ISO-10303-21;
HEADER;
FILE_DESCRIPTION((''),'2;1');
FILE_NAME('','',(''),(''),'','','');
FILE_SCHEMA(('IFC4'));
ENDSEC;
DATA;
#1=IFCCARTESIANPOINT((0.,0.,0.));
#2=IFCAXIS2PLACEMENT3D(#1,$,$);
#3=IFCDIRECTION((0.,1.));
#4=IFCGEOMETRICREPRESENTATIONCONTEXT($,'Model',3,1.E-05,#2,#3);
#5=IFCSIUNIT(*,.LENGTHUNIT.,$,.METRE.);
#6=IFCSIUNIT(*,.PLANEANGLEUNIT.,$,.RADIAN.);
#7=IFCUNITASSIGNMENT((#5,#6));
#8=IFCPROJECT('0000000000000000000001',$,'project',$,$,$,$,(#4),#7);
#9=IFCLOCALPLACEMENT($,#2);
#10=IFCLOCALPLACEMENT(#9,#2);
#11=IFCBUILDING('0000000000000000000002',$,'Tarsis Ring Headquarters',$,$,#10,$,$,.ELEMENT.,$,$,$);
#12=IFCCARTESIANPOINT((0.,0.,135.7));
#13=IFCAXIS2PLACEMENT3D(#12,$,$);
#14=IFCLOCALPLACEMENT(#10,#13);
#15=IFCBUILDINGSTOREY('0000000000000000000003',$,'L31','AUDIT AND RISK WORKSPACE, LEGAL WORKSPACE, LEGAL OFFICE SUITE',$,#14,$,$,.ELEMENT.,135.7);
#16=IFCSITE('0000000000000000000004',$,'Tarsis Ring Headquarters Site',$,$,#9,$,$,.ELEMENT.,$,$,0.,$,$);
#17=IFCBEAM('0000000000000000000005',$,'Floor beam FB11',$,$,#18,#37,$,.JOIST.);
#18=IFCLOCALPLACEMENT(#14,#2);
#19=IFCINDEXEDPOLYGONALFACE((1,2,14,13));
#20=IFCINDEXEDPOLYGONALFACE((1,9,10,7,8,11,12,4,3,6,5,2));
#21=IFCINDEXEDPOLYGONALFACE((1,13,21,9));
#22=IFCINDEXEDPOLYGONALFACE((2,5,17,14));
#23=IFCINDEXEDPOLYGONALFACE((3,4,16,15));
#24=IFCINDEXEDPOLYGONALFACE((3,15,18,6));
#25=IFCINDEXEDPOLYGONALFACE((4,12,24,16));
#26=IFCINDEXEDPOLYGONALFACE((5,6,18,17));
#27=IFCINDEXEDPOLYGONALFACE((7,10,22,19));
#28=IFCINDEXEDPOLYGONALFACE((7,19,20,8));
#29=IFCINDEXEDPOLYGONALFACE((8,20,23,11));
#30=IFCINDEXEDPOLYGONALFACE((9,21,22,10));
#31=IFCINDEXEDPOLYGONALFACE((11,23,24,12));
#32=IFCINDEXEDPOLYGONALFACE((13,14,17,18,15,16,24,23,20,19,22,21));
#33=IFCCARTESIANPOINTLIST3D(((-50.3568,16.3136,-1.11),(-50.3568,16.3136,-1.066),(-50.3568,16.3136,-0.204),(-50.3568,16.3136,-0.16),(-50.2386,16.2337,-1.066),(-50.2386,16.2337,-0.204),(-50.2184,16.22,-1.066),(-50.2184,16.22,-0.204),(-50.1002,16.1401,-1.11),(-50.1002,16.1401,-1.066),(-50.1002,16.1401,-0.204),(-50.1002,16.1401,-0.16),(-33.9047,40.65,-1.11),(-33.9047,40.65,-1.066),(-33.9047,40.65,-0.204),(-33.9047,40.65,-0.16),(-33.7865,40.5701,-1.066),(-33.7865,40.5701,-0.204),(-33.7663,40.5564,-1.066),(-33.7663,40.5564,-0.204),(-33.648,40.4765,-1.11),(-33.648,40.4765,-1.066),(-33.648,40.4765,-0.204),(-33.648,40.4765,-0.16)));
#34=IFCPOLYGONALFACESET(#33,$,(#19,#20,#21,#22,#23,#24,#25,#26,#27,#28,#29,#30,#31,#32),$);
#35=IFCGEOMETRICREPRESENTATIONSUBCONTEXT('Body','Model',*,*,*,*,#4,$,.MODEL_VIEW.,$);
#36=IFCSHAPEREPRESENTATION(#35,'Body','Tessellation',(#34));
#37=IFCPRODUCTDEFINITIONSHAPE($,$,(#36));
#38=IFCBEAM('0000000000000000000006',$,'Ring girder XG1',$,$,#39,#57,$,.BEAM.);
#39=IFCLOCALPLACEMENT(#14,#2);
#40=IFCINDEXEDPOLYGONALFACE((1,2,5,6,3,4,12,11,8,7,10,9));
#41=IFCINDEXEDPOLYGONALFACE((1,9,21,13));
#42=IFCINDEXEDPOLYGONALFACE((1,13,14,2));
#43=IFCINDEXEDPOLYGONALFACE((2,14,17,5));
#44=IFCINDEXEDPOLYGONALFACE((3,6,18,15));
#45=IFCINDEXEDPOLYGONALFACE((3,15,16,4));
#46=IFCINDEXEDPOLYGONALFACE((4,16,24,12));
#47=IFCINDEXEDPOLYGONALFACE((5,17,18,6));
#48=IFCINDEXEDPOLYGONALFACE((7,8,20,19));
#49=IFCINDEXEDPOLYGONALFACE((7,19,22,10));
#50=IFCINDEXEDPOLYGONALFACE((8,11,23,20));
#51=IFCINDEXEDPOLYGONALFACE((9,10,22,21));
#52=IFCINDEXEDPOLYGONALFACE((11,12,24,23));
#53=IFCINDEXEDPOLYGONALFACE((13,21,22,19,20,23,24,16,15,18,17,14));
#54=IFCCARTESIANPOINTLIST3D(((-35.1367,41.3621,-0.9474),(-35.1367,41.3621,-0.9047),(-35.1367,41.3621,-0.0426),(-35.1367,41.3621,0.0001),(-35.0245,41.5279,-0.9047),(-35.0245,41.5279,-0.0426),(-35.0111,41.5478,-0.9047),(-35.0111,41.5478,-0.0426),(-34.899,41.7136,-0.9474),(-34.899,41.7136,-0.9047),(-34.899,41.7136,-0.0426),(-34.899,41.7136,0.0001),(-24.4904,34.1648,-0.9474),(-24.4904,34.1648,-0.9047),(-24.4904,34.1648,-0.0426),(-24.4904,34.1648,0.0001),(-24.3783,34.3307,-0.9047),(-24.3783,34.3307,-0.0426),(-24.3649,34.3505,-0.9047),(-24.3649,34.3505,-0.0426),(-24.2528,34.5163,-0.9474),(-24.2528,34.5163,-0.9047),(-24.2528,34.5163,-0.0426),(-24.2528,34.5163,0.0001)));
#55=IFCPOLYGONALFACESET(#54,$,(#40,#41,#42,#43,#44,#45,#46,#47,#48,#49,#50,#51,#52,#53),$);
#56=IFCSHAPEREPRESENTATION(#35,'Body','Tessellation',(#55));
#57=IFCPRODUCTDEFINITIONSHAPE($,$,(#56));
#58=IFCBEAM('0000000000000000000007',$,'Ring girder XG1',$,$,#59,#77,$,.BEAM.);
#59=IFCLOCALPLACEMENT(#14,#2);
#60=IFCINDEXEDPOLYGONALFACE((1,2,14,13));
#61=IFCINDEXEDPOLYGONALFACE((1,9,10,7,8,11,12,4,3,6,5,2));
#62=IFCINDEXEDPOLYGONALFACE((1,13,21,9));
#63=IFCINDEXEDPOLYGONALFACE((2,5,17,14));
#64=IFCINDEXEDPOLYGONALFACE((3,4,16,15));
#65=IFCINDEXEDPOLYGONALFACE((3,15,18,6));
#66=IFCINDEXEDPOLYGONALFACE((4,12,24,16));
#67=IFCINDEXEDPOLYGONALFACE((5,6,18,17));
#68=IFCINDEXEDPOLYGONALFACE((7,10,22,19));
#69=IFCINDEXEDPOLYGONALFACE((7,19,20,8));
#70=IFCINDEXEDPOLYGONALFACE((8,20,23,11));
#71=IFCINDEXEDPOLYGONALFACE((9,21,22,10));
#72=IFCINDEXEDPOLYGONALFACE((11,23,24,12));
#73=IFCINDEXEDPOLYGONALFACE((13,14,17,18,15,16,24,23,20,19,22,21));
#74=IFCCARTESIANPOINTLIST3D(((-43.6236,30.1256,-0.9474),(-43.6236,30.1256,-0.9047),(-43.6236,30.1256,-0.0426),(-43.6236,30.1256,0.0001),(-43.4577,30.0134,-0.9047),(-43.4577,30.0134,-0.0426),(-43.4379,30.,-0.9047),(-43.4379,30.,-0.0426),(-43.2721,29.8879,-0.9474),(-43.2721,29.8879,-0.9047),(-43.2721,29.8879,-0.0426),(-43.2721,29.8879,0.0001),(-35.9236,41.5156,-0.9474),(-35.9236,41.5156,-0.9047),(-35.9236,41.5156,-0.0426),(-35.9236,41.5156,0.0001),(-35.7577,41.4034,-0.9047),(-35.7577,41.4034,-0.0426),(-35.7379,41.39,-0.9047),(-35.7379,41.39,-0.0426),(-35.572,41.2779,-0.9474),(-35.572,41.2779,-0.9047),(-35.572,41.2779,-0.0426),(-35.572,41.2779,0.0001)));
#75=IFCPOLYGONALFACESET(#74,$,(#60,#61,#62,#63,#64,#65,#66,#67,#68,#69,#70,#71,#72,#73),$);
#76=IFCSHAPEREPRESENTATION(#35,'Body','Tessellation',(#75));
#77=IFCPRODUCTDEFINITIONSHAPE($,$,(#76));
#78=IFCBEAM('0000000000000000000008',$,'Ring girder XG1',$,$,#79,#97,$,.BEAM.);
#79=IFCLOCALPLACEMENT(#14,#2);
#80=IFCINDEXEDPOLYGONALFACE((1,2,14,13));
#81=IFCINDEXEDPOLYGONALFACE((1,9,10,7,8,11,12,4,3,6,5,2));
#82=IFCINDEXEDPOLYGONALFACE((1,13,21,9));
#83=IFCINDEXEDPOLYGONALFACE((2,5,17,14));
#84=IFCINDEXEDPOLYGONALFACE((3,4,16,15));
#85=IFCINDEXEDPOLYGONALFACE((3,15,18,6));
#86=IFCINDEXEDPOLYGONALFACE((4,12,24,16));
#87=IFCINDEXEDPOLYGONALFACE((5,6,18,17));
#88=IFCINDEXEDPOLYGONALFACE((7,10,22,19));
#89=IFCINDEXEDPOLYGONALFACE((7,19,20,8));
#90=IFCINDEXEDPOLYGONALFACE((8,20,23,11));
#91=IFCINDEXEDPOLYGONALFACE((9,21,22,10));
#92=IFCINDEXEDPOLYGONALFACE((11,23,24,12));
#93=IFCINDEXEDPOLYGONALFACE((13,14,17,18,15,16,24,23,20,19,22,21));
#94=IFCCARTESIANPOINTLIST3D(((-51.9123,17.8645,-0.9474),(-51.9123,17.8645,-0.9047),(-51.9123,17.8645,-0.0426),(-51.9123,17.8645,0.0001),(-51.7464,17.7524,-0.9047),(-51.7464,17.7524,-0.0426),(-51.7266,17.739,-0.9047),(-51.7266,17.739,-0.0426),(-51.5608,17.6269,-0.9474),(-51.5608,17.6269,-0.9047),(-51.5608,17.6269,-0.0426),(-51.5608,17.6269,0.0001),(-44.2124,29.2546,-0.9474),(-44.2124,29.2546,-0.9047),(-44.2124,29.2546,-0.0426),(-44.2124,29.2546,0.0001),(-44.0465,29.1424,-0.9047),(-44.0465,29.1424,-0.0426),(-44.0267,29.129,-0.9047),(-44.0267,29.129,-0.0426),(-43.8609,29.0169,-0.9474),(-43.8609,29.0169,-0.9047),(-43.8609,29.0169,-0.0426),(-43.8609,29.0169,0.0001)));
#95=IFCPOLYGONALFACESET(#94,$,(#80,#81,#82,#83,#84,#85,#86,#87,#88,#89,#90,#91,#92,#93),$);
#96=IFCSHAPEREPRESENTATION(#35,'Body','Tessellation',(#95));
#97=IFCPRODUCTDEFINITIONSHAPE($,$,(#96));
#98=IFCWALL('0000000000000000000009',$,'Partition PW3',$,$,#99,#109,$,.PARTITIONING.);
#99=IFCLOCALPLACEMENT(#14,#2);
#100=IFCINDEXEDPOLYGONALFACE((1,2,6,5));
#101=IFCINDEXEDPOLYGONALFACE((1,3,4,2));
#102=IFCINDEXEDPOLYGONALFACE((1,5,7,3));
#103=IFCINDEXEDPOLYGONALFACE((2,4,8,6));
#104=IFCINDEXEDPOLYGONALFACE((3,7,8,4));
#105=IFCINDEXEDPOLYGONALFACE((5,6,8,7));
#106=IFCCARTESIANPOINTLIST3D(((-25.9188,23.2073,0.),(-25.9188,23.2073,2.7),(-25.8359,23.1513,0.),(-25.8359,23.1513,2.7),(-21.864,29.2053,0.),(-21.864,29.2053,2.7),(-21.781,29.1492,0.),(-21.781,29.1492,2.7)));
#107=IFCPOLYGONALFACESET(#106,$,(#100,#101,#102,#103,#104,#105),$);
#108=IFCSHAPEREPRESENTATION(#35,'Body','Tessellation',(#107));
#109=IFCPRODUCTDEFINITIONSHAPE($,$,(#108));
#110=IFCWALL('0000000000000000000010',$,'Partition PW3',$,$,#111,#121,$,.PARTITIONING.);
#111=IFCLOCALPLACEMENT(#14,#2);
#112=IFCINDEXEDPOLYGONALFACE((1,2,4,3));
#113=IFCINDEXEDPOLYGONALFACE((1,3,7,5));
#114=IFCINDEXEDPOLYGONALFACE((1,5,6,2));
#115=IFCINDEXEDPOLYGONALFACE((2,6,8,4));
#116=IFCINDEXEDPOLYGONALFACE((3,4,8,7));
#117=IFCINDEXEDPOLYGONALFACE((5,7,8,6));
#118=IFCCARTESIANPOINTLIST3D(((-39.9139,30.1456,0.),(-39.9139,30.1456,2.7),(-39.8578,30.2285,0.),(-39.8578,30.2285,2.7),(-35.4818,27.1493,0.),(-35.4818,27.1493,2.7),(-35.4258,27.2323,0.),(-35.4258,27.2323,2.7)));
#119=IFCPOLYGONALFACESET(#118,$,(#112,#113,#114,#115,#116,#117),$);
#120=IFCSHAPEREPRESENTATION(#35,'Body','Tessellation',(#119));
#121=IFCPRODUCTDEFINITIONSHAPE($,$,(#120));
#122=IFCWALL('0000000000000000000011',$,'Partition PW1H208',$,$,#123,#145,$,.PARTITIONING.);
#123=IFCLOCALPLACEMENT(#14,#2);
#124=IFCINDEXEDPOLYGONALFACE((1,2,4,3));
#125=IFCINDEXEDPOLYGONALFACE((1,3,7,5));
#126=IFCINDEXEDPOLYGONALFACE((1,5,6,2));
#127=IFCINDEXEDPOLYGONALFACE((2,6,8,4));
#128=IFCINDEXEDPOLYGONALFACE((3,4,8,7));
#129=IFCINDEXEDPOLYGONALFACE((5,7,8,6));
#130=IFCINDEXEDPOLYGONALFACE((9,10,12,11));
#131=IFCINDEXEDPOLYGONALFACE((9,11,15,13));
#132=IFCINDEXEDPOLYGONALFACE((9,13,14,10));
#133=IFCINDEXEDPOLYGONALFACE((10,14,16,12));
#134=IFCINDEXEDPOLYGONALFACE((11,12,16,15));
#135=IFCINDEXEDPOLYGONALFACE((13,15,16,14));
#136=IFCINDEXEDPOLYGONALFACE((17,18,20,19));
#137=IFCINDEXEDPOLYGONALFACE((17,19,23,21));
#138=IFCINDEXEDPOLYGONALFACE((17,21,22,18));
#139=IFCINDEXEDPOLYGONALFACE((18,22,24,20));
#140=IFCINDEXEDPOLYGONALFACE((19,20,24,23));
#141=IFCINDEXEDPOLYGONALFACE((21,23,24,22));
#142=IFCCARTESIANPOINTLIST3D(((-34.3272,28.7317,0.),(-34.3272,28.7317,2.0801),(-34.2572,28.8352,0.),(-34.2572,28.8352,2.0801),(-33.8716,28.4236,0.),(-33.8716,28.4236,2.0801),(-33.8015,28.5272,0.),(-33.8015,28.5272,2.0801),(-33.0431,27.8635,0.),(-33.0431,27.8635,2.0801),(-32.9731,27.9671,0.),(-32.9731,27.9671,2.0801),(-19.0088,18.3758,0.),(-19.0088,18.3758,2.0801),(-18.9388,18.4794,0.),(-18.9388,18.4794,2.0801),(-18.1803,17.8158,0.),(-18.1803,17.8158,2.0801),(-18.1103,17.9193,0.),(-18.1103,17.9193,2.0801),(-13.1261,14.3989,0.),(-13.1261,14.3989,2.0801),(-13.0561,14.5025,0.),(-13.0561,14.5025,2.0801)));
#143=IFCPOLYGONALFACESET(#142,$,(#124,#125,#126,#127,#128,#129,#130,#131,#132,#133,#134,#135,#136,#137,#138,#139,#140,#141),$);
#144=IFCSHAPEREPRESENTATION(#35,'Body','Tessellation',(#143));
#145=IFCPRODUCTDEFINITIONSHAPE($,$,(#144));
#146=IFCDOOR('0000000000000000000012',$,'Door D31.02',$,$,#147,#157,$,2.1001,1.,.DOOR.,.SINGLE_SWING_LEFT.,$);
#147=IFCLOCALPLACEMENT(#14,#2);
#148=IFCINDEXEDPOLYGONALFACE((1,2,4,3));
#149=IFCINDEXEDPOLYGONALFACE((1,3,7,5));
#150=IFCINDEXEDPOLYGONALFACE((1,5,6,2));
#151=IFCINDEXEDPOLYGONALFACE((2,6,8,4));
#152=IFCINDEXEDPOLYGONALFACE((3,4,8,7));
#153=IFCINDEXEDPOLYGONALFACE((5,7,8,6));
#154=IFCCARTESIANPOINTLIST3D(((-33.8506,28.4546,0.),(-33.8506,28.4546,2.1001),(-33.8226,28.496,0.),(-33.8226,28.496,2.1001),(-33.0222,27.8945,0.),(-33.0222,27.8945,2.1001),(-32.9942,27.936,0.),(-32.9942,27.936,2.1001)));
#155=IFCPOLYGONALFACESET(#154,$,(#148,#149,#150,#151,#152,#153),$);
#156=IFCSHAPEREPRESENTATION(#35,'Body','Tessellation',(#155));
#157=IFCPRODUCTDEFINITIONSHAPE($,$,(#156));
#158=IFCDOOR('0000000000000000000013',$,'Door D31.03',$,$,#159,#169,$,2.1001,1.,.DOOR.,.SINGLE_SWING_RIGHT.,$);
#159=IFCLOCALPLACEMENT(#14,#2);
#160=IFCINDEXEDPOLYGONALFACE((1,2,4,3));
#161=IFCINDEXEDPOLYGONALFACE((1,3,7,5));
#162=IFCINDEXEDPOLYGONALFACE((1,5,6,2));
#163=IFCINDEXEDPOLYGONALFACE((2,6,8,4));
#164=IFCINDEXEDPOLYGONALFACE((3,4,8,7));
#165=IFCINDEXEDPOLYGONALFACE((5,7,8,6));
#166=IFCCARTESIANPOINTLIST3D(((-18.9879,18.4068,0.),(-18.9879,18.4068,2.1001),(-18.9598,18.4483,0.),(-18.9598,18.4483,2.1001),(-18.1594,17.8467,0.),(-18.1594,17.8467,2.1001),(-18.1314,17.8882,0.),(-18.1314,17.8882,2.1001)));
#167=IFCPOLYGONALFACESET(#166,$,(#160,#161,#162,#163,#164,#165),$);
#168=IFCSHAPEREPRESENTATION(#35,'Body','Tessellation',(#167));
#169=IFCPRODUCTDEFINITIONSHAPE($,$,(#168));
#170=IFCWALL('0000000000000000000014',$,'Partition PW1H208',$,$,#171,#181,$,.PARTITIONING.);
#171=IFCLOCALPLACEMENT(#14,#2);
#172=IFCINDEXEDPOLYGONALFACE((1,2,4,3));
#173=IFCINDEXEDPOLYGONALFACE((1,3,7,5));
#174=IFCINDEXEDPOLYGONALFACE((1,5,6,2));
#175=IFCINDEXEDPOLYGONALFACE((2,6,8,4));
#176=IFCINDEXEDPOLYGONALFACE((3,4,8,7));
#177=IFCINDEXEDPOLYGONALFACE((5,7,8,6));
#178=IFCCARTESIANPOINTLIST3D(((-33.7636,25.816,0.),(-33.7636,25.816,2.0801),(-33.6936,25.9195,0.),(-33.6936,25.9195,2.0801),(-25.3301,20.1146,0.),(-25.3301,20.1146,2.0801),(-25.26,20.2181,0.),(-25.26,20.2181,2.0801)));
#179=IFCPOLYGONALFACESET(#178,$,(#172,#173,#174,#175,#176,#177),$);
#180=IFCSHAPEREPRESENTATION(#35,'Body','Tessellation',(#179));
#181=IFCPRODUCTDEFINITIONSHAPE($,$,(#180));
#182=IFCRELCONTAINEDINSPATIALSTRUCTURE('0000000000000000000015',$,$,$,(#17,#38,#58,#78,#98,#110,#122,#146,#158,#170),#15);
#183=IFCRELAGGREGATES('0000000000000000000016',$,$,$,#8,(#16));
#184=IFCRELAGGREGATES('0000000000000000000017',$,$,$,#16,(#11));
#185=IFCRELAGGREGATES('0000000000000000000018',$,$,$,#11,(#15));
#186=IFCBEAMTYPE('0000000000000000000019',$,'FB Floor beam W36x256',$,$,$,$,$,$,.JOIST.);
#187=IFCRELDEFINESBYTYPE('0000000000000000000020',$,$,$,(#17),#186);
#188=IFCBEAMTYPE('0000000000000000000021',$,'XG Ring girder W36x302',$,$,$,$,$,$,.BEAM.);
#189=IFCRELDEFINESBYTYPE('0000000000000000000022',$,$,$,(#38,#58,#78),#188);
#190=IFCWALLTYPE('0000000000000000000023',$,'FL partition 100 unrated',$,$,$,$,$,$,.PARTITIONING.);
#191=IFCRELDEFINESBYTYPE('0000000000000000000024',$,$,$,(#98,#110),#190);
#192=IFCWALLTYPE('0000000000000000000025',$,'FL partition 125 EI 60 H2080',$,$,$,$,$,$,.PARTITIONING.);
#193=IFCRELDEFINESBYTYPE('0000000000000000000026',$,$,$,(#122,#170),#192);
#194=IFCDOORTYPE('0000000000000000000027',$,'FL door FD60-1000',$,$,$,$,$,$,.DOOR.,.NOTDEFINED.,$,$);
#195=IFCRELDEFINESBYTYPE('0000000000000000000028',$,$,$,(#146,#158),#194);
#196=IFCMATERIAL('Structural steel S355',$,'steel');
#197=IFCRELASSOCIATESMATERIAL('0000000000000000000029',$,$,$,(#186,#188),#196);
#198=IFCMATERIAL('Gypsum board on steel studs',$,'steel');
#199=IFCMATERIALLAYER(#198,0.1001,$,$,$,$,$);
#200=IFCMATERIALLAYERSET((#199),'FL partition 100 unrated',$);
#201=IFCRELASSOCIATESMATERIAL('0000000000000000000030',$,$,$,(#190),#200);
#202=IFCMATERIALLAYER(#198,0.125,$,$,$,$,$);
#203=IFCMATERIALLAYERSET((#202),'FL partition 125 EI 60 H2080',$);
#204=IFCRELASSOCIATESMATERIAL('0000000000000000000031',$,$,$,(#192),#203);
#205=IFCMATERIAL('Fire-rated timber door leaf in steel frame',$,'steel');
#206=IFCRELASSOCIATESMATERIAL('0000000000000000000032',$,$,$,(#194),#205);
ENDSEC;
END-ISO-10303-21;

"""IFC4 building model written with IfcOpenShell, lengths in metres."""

from ifc_helpers import new_model, si_unit, direction, frame, frame_2d, origin, origin_2d, place, context, subcontext, project, spatial, rectangle, i_section, extrude, material, layer, layer_set, material_profile, profile_set, type_object, element, fill, save


model = new_model("IFC4")

# Units and contexts
model_context = context("Model", 3, precision=1e-05, world=origin(), true_north=direction((0.0, 1.0)))
body_context = subcontext(model_context, "Body", "Model", "MODEL_VIEW")
ifc_project = project(units=[si_unit("LENGTHUNIT", "METRE"), si_unit("PLANEANGLEUNIT", "RADIAN")], contexts=[model_context])

# Site, building, storey
site_placement = place(None, origin())
site = spatial("IfcSite", under=ifc_project, at=site_placement, Name="Tarsis Ring Headquarters Site", CompositionType="ELEMENT", RefElevation=0.0)
building_placement = place(site_placement, origin())
building = spatial("IfcBuilding", under=site, at=building_placement, Name="Tarsis Ring Headquarters", CompositionType="ELEMENT")
storey_placement = place(building_placement, frame((0.0, 0.0, 135.7)))
storey = spatial("IfcBuildingStorey", under=building, at=storey_placement, Name="L31", Description="AUDIT AND RISK WORKSPACE, LEGAL WORKSPACE, LEGAL OFFICE SUITE", CompositionType="ELEMENT", Elevation=135.7)

# Shared definitions
ifc_material_1 = material(Name="Structural steel S355", Category="steel")

# Beams
ifc_material_profile_1 = material_profile(ifc_material_1, i_section(OverallWidth=0.3098, OverallDepth=0.95, WebThickness=0.0244, FlangeThickness=0.0439, at=origin_2d()), Name="W36x256")
ifc_profile_set_1 = profile_set([ifc_material_profile_1], Name="Structural steel S355")
beam_type_1 = type_object("IfcBeamType", Name="FB Floor beam W36x256", PredefinedType="JOIST", material=ifc_profile_set_1)
for number, where, z_axis, x_axis, name in (
    (1, (-33.7764, 40.5632, -0.635), (-0.560059, -0.828453, 0.0), (0.828453, -0.560059, 0.0), "Floor beam FB11"),
):
    element("IfcBeam", number, at=place(storey_placement, frame(where, z_axis=z_axis, x_axis=x_axis)), inside=storey, type_object=beam_type_1, Name=name, PredefinedType="JOIST", context=body_context, shape_type="SweptSolid", body=[
        extrude(i_section(OverallWidth=0.3098, OverallDepth=0.95, WebThickness=0.0244, FlangeThickness=0.0439, at=origin_2d()), origin(), (0.0, 0.0, 1.0), 29.3757),
    ])
ifc_material_profile_2 = material_profile(ifc_material_1, i_section(OverallWidth=0.4243, OverallDepth=0.9475, WebThickness=0.0239, FlangeThickness=0.0427, at=origin_2d()), Name="W36x302")
ifc_profile_set_2 = profile_set([ifc_material_profile_2], Name="Structural steel S355")
beam_type_2 = type_object("IfcBeamType", Name="XG Ring girder W36x302", PredefinedType="BEAM", material=ifc_profile_set_2)
beam_placement = place(storey_placement, frame((-24.3716, 34.3406, -0.4736), z_axis=(-0.82845, 0.560064, 0.0), x_axis=(-0.560064, -0.82845, 0.0)))
element("IfcBeam", 2, at=beam_placement, inside=storey, type_object=beam_type_2, Name="Ring girder XG1", PredefinedType="BEAM", context=body_context, shape_type="SweptSolid", body=[
    extrude(i_section(OverallWidth=0.4243, OverallDepth=0.9475, WebThickness=0.0239, FlangeThickness=0.0427, at=origin_2d()), origin(), (0.0, 0.0, 1.0), 12.8508),
])
for number, where, z_axis, x_axis, name in (
    (3, (-35.7478, 41.3967, -0.4736), (-0.560061, -0.828451, 0.0), (0.828451, -0.560061, 0.0), "Ring girder XG1"),
    (4, (-44.0366, 29.1357, -0.4736), (-0.560053, -0.828457, 0.0), (0.828457, -0.560053, 0.0), "Ring girder XG1"),
):
    element("IfcBeam", number, at=place(storey_placement, frame(where, z_axis=z_axis, x_axis=x_axis)), inside=storey, type_object=beam_type_2, Name=name, PredefinedType="BEAM", context=body_context, shape_type="SweptSolid", body=[
        extrude(i_section(OverallWidth=0.4243, OverallDepth=0.9475, WebThickness=0.0239, FlangeThickness=0.0427, at=origin_2d()), origin(), (0.0, 0.0, 1.0), 13.7485),
    ])

# Walls
ifc_material_2 = material(Name="Gypsum board on steel studs", Category="steel")
ifc_layer_1 = layer(ifc_material_2, 0.1001)
ifc_layer_set_1 = layer_set([ifc_layer_1], Name="FL partition 100 unrated")
wall_type_1 = type_object("IfcWallType", Name="FL partition 100 unrated", PredefinedType="PARTITIONING", material=ifc_layer_set_1)
wall_1_placement = place(storey_placement, frame((-25.8774, 23.1792, 0.0), z_axis=(0.0, 0.0, 1.0), x_axis=(0.560066, 0.828448, 0.0)))
element("IfcWall", 5, at=wall_1_placement, inside=storey, type_object=wall_type_1, Name="Partition PW3", PredefinedType="PARTITIONING", context=body_context, shape_type="SweptSolid", body=[
    extrude(rectangle(XDim=7.24, YDim=0.1001, at=frame_2d((3.6201, 0.0))), origin(), (0.0, 0.0, 1.0), 2.7),
])
wall_2_placement = place(storey_placement, frame((-39.8857, 30.187, 0.0), z_axis=(0.0, 0.0, 1.0), x_axis=(0.828445, -0.56007, 0.0)))
element("IfcWall", 6, at=wall_2_placement, inside=storey, type_object=wall_type_1, Name="Partition PW3", PredefinedType="PARTITIONING", context=body_context, shape_type="SweptSolid", body=[
    extrude(rectangle(XDim=5.3499, YDim=0.1001, at=frame_2d((2.6748, 0.0))), origin(), (0.0, 0.0, 1.0), 2.7),
])

# Wall, openings, doors
ifc_layer_2 = layer(ifc_material_2, 0.125)
ifc_layer_set_2 = layer_set([ifc_layer_2], Name="FL partition 125 EI 60 H2080")
wall_type_2 = type_object("IfcWallType", Name="FL partition 125 EI 60 H2080", PredefinedType="PARTITIONING", material=ifc_layer_set_2)
wall_3_placement = place(storey_placement, frame((-34.2922, 28.7834, 0.0), z_axis=(0.0, 0.0, 1.0), x_axis=(0.82845, -0.560063, 0.0)))
wall_3 = element("IfcWall", 7, at=wall_3_placement, inside=storey, type_object=wall_type_2, Name="Partition PW1H208", PredefinedType="PARTITIONING", context=body_context, shape_type="SweptSolid", body=[
    extrude(rectangle(XDim=25.5913, YDim=0.125, at=frame_2d((12.7957, 0.0))), origin(), (0.0, 0.0, 1.0), 2.0801),
])
opening_1_placement = place(wall_3_placement, frame((0.55, 0.0, 0.0)))
opening_1 = element("IfcOpeningElement", 8, at=opening_1_placement, cuts=wall_3, PredefinedType="OPENING", context=body_context, shape_type="SweptSolid", body=[
    extrude(rectangle(XDim=1.0, YDim=2.1001, at=frame_2d((0.5, 1.05))), frame((0.0, 0.0725, 0.0), z_axis=(0.0, -1.0, 0.0), x_axis=(1.0, 0.0, 0.0)), (0.0, 0.0, 1.0), 0.145),
])
opening_2_placement = place(wall_3_placement, frame((18.4905, 0.0, 0.0)))
opening_2 = element("IfcOpeningElement", 9, at=opening_2_placement, cuts=wall_3, PredefinedType="OPENING", context=body_context, shape_type="SweptSolid", body=[
    extrude(rectangle(XDim=1.0, YDim=2.1001, at=frame_2d((0.5, 1.05))), frame((0.0, 0.0725, 0.0), z_axis=(0.0, -1.0, 0.0), x_axis=(1.0, 0.0, 0.0)), (0.0, 0.0, 1.0), 0.145),
])
ifc_material_3 = material(Name="Fire-rated timber door leaf in steel frame", Category="steel")
door_type = type_object("IfcDoorType", Name="FL door FD60-1000", OperationType="NOTDEFINED", PredefinedType="DOOR", material=ifc_material_3)
door_1_placement = place(opening_1_placement, origin())
door_1 = element("IfcDoor", 10, at=door_1_placement, inside=storey, type_object=door_type, Name="Door D31.02", OperationType="SINGLE_SWING_LEFT", OverallHeight=2.1001, OverallWidth=1.0, PredefinedType="DOOR", context=body_context, shape_type="SweptSolid", body=[
    extrude(rectangle(XDim=1.0, YDim=2.1001, at=frame_2d((0.5, 1.05))), frame((0.0, 0.0249, 0.0), z_axis=(0.0, -1.0, 0.0), x_axis=(1.0, 0.0, 0.0)), (0.0, 0.0, 1.0), 0.05),
])
fill(opening_1, door_1)
door_2_placement = place(opening_2_placement, origin())
door_2 = element("IfcDoor", 11, at=door_2_placement, inside=storey, type_object=door_type, Name="Door D31.03", OperationType="SINGLE_SWING_RIGHT", OverallHeight=2.1001, OverallWidth=1.0, PredefinedType="DOOR", context=body_context, shape_type="SweptSolid", body=[
    extrude(rectangle(XDim=1.0, YDim=2.1001, at=frame_2d((0.5, 1.05))), frame((0.0, 0.0249, 0.0), z_axis=(0.0, -1.0, 0.0), x_axis=(1.0, 0.0, 0.0)), (0.0, 0.0, 1.0), 0.05),
])
fill(opening_2, door_2)

# Wall
wall_4_placement = place(storey_placement, frame((-33.7285, 25.8677, 0.0), z_axis=(0.0, 0.0, 1.0), x_axis=(0.82845, -0.560063, 0.0)))
element("IfcWall", 12, at=wall_4_placement, inside=storey, type_object=wall_type_2, Name="Partition PW1H208", PredefinedType="PARTITIONING", context=body_context, shape_type="SweptSolid", body=[
    extrude(rectangle(XDim=10.1799, YDim=0.125, at=frame_2d((5.0898, 0.0))), origin(), (0.0, 0.0, 1.0), 2.0801),
])

save(model, "model.ifc")
